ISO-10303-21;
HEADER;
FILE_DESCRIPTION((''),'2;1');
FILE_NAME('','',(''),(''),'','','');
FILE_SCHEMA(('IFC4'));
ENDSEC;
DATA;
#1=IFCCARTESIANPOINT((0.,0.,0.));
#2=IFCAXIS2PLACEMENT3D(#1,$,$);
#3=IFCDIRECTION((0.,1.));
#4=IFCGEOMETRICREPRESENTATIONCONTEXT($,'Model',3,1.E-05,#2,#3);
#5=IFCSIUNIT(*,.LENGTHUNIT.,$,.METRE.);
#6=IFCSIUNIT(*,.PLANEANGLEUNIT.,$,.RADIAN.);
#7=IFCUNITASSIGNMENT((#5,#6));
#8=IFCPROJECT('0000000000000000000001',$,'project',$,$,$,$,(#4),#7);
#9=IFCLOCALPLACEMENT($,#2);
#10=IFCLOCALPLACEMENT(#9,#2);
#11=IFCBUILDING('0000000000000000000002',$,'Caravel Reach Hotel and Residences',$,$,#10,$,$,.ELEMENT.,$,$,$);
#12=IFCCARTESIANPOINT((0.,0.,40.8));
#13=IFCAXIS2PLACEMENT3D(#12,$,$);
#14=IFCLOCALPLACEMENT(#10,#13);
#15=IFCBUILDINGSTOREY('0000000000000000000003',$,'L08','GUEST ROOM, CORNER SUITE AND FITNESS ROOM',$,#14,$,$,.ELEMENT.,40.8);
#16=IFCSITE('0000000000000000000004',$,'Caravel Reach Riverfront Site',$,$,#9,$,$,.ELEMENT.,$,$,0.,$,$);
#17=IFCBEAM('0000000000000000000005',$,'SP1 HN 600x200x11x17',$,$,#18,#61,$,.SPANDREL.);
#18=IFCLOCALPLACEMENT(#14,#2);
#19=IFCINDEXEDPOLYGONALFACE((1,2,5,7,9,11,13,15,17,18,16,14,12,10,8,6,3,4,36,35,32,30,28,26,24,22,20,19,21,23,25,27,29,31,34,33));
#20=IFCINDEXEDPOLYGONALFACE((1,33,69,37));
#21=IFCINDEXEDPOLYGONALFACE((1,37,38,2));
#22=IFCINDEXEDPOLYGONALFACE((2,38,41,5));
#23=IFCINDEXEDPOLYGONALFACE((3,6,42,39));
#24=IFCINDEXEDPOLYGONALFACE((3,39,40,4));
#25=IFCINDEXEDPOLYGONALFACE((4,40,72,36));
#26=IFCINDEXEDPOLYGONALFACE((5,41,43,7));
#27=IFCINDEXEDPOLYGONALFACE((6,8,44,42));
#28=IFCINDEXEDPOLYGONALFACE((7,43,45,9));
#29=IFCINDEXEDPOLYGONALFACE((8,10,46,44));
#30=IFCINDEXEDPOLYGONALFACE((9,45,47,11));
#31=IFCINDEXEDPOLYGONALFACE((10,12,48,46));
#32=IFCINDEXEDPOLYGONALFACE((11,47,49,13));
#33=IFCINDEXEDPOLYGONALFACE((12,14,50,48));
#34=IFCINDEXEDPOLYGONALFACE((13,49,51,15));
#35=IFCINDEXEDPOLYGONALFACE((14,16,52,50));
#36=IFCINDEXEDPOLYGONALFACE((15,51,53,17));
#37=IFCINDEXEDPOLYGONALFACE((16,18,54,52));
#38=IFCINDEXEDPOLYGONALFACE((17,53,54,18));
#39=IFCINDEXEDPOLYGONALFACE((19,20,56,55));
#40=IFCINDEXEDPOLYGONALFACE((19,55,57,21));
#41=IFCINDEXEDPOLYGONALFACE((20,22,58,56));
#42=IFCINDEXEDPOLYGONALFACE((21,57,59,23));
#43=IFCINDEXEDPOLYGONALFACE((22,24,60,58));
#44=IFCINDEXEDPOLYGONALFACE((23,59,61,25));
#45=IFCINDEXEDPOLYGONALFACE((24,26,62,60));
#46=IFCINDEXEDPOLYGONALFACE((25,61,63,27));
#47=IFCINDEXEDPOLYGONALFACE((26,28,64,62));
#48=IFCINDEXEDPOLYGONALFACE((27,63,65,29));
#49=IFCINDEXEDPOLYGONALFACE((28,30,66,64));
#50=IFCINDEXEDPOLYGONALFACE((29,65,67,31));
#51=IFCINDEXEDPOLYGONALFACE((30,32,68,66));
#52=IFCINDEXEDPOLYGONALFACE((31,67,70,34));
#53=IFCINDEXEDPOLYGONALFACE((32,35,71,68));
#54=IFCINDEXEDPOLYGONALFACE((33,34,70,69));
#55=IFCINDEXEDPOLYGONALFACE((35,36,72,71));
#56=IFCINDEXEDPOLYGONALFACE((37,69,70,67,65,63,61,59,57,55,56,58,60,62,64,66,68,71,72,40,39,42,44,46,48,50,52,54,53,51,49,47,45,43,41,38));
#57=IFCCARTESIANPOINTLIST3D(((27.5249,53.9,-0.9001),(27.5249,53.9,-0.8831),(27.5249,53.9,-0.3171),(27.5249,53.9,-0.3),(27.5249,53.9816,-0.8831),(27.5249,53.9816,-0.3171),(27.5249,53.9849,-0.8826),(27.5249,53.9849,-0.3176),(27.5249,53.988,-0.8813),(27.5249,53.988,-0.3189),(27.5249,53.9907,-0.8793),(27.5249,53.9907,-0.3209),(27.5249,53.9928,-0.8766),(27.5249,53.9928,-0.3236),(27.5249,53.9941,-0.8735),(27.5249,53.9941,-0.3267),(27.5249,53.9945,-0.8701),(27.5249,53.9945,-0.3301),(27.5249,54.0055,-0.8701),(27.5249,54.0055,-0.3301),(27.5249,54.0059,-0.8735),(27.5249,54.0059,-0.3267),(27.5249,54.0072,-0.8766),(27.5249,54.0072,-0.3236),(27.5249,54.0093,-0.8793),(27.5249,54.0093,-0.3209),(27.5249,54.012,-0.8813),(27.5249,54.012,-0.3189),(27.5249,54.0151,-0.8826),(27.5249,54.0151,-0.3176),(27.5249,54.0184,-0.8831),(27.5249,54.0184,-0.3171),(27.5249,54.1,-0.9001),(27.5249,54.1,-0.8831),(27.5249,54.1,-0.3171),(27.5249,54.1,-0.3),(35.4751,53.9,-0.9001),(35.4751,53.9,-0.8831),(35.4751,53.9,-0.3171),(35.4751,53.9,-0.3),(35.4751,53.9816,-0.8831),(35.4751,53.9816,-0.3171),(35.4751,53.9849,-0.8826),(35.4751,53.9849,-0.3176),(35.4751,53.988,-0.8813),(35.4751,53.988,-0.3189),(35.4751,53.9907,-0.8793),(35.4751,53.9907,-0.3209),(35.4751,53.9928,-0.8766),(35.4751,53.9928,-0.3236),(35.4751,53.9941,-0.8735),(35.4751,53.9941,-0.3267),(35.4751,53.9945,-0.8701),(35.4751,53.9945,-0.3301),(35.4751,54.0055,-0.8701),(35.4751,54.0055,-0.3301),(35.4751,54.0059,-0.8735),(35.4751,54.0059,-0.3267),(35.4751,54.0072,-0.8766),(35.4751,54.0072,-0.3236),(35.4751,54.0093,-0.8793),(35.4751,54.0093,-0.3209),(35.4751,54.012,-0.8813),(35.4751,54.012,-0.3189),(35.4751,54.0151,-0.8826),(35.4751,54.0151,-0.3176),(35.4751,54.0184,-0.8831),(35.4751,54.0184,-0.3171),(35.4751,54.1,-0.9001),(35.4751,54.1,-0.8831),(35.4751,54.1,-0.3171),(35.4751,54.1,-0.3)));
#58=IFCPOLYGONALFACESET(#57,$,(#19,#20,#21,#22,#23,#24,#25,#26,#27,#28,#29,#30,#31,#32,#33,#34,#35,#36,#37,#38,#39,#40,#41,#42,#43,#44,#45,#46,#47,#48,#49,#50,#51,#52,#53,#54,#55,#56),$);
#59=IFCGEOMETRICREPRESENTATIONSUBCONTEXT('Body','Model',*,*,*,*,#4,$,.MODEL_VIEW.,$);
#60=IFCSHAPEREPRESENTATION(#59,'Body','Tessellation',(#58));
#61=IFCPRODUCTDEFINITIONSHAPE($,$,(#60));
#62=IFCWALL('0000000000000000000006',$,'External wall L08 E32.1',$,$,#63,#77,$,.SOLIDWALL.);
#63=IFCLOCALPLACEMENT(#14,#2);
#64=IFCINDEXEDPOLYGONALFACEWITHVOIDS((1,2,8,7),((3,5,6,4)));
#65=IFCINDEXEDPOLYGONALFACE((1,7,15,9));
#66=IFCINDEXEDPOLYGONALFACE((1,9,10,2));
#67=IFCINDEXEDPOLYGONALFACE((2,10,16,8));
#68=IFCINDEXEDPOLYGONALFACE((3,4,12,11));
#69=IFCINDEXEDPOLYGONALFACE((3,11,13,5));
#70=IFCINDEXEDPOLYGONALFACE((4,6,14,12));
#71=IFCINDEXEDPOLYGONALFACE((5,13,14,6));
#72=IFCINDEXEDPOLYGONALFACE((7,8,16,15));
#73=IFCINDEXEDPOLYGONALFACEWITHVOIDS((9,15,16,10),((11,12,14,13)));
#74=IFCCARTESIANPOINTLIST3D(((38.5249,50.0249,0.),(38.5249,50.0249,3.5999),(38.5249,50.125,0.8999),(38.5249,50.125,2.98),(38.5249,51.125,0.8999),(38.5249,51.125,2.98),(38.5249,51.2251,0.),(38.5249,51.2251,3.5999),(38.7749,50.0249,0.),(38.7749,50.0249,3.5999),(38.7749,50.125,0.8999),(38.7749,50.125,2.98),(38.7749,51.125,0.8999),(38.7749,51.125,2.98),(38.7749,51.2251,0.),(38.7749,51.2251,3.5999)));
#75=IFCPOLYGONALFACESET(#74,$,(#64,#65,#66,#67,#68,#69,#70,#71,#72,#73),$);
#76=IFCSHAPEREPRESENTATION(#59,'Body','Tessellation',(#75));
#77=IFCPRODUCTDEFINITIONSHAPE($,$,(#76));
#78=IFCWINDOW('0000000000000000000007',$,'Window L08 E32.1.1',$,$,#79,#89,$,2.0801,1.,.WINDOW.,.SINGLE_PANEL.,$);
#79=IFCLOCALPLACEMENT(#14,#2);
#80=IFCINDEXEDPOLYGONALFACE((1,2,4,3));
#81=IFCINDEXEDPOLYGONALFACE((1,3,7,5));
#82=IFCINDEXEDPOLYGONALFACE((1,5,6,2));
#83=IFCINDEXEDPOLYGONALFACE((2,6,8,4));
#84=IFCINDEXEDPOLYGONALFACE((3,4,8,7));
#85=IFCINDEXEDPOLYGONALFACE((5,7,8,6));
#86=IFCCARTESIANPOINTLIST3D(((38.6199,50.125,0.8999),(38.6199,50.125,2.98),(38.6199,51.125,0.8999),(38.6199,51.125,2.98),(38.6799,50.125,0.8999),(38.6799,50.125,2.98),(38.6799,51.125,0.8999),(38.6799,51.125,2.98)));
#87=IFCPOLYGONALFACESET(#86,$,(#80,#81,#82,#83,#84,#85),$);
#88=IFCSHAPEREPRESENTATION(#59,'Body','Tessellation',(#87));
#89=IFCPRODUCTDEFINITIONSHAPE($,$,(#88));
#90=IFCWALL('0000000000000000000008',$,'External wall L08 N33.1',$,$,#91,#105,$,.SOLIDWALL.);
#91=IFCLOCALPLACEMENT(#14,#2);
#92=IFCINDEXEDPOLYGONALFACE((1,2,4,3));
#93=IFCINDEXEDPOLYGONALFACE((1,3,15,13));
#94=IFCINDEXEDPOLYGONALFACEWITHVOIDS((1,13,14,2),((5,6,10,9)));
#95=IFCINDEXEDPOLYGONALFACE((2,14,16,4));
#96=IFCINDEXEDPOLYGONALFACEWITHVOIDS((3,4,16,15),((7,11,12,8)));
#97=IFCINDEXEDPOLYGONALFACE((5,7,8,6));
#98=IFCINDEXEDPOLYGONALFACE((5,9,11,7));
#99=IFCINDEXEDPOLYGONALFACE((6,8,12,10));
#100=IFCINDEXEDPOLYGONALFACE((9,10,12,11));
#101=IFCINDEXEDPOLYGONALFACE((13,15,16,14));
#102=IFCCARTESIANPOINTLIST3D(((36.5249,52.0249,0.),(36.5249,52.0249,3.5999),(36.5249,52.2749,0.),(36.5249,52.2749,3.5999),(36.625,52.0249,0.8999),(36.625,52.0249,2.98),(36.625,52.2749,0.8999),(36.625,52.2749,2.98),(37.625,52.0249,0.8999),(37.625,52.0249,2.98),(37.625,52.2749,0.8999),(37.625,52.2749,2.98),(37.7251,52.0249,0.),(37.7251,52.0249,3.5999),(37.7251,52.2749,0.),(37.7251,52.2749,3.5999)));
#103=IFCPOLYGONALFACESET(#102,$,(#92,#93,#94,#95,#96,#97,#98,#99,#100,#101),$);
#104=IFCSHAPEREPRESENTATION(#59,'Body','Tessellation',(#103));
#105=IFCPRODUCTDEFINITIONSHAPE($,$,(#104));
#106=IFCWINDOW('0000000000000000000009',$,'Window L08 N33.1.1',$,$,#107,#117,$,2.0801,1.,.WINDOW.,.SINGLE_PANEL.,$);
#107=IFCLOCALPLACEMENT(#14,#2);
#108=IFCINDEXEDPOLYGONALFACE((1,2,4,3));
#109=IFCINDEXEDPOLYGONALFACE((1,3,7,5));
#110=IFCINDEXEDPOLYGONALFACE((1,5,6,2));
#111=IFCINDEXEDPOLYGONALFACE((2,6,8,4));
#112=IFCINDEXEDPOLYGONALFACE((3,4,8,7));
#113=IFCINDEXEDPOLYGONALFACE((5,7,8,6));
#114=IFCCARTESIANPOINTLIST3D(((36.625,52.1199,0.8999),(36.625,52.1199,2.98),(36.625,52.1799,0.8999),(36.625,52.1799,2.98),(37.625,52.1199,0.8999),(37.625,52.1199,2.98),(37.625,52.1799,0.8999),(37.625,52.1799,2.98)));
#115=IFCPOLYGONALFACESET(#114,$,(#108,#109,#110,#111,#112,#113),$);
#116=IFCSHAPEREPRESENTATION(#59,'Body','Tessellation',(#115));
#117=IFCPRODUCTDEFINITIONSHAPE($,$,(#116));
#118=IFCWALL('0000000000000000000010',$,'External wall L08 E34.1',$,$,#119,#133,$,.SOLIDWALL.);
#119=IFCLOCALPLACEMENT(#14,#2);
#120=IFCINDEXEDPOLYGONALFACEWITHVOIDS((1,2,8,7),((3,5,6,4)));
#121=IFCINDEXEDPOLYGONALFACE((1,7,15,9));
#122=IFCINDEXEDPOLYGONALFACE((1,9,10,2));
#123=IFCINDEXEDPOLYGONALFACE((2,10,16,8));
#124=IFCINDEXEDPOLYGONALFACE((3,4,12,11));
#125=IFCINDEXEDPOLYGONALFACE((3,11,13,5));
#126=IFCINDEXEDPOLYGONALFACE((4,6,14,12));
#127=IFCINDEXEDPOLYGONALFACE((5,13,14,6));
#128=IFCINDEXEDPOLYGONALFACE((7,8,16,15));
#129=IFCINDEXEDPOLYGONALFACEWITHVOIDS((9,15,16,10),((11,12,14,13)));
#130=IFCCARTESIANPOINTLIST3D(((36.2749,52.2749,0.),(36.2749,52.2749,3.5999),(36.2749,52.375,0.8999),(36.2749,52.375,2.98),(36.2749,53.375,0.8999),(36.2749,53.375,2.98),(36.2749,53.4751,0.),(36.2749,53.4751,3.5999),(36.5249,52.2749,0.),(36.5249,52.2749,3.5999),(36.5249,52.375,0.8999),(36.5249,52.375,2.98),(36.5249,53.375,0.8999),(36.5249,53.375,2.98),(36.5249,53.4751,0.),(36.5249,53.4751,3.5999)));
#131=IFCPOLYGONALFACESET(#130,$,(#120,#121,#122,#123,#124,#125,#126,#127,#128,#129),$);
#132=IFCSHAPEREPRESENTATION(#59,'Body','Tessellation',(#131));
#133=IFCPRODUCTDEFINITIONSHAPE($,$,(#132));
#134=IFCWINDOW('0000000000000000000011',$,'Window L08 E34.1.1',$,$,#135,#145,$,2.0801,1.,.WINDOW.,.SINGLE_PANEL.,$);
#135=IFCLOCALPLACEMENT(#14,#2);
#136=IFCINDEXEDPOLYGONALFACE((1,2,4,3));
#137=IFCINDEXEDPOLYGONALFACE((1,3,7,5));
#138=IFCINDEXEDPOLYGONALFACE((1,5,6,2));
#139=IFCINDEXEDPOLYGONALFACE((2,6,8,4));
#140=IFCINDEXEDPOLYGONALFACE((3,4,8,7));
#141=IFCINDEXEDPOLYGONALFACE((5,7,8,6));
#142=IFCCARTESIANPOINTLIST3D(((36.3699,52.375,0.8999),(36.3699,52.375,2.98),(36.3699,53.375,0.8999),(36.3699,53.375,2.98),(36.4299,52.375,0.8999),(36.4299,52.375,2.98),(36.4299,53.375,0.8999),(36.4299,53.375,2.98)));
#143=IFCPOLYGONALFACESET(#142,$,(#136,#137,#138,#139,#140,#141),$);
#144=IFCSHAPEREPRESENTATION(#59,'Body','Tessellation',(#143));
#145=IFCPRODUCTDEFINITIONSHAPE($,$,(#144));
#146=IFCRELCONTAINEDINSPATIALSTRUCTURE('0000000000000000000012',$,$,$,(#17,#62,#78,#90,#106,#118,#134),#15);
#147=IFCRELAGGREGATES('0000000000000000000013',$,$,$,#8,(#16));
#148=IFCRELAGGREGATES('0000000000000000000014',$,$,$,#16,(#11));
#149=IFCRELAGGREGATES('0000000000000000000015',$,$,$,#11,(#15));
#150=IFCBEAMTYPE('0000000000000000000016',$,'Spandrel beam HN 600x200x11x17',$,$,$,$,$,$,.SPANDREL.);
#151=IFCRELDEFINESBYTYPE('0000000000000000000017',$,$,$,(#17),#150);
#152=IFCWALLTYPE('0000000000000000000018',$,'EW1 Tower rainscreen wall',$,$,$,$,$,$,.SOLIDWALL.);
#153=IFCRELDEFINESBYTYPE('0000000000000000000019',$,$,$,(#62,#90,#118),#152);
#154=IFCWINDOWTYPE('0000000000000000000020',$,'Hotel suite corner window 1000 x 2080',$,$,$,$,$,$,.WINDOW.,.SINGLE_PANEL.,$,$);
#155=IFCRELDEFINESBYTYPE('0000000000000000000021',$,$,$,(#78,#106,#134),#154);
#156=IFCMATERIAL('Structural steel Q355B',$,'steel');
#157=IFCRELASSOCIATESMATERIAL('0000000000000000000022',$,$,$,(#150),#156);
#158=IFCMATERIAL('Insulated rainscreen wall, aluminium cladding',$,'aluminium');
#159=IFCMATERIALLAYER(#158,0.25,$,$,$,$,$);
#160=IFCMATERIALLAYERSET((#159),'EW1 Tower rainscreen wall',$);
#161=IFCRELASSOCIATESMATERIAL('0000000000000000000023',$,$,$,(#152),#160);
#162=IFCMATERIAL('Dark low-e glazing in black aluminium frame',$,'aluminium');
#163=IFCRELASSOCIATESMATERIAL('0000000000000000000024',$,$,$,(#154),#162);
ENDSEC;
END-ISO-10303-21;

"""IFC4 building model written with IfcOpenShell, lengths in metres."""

from ifc_helpers import new_model, si_unit, direction, frame, frame_2d, origin, origin_2d, place, context, subcontext, project, spatial, rectangle, i_section, extrude, material, layer, layer_set, material_profile, profile_set, type_object, element, fill, save


model = new_model("IFC4")

# Units and contexts
model_context = context("Model", 3, precision=1e-05, world=origin(), true_north=direction((0.0, 1.0)))
body_context = subcontext(model_context, "Body", "Model", "MODEL_VIEW")
ifc_project = project(units=[si_unit("LENGTHUNIT", "METRE"), si_unit("PLANEANGLEUNIT", "RADIAN")], contexts=[model_context])

# Site, building, storey
site_placement = place(None, origin())
site = spatial("IfcSite", under=ifc_project, at=site_placement, Name="Caravel Reach Riverfront Site", CompositionType="ELEMENT", RefElevation=0.0)
building_placement = place(site_placement, origin())
building = spatial("IfcBuilding", under=site, at=building_placement, Name="Caravel Reach Hotel and Residences", CompositionType="ELEMENT")
storey_placement = place(building_placement, frame((0.0, 0.0, 40.8)))
storey = spatial("IfcBuildingStorey", under=building, at=storey_placement, Name="L08", Description="GUEST ROOM, CORNER SUITE AND FITNESS ROOM", CompositionType="ELEMENT", Elevation=40.8)

# Beam
ifc_material_1 = material(Name="Structural steel Q355B", Category="steel")
ifc_material_profile_1 = material_profile(ifc_material_1, i_section(OverallWidth=0.2, OverallDepth=0.6001, WebThickness=0.011, FlangeThickness=0.0171, FilletRadius=0.0129, at=origin_2d()), Name="HN 600x200x11x17")
ifc_profile_set_1 = profile_set([ifc_material_profile_1], Name="Structural steel Q355B")
beam_type = type_object("IfcBeamType", Name="Spandrel beam HN 600x200x11x17", PredefinedType="SPANDREL", material=ifc_profile_set_1)
beam_placement = place(storey_placement, frame((35.4751, 54.0, -0.6001), z_axis=(-1.0, 0.0, 0.0), x_axis=(0.0, -1.0, 0.0)))
element("IfcBeam", 1, at=beam_placement, inside=storey, type_object=beam_type, Name="SP1 HN 600x200x11x17", PredefinedType="SPANDREL", context=body_context, shape_type="SweptSolid", body=[
    extrude(i_section(OverallWidth=0.2, OverallDepth=0.6001, WebThickness=0.011, FlangeThickness=0.0171, FilletRadius=0.0129, at=origin_2d()), origin(), (0.0, 0.0, 1.0), 7.9502),
])

# Walls, openings, windows
ifc_material_2 = material(Name="Insulated rainscreen wall, aluminium cladding", Category="aluminium")
ifc_layer = layer(ifc_material_2, 0.25)
ifc_layer_set = layer_set([ifc_layer], Name="EW1 Tower rainscreen wall")
wall_type = type_object("IfcWallType", Name="EW1 Tower rainscreen wall", PredefinedType="SOLIDWALL", material=ifc_layer_set)
wall_1_placement = place(storey_placement, frame((38.6499, 50.0249, 0.0), z_axis=(0.0, 0.0, 1.0), x_axis=(0.0, 1.0, 0.0)))
wall_1 = element("IfcWall", 2, at=wall_1_placement, inside=storey, type_object=wall_type, Name="External wall L08 E32.1", PredefinedType="SOLIDWALL", context=body_context, shape_type="SweptSolid", body=[
    extrude(rectangle(XDim=1.2002, YDim=0.25, at=frame_2d((0.6001, 0.0))), origin(), (0.0, 0.0, 1.0), 3.5999),
])
opening_1_placement = place(wall_1_placement, frame((0.1001, 0.0, 0.8999)))
opening_1 = element("IfcOpeningElement", 3, at=opening_1_placement, cuts=wall_1, PredefinedType="OPENING", context=body_context, shape_type="SweptSolid", body=[
    extrude(rectangle(XDim=1.0, YDim=2.0801, at=frame_2d((0.5, 1.04))), frame((0.0, 0.135, 0.0), z_axis=(0.0, -1.0, 0.0), x_axis=(1.0, 0.0, 0.0)), (0.0, 0.0, 1.0), 0.27),
])
ifc_material_3 = material(Name="Dark low-e glazing in black aluminium frame", Category="aluminium")
window_type_1 = type_object("IfcWindowType", Name="Hotel suite corner window 1000 x 2080", PartitioningType="SINGLE_PANEL", PredefinedType="WINDOW", material=ifc_material_3)
window_1_placement = place(opening_1_placement, origin())
window_1 = element("IfcWindow", 4, at=window_1_placement, inside=storey, type_object=window_type_1, Name="Window L08 E32.1.1", OverallHeight=2.0801, OverallWidth=1.0, PartitioningType="SINGLE_PANEL", PredefinedType="WINDOW", context=body_context, shape_type="SweptSolid", body=[
    extrude(rectangle(XDim=1.0, YDim=2.0801, at=frame_2d((0.5, 1.04))), frame((0.0, 0.03, 0.0), z_axis=(0.0, -1.0, 0.0), x_axis=(1.0, 0.0, 0.0)), (0.0, 0.0, 1.0), 0.0601),
])
fill(opening_1, window_1)
wall_2_placement = place(storey_placement, frame((37.7251, 52.1499, 0.0), z_axis=(0.0, 0.0, 1.0), x_axis=(-1.0, 0.0, 0.0)))
wall_2 = element("IfcWall", 5, at=wall_2_placement, inside=storey, type_object=wall_type, Name="External wall L08 N33.1", PredefinedType="SOLIDWALL", context=body_context, shape_type="SweptSolid", body=[
    extrude(rectangle(XDim=1.2002, YDim=0.25, at=frame_2d((0.6001, 0.0))), origin(), (0.0, 0.0, 1.0), 3.5999),
])
opening_2_placement = place(wall_2_placement, frame((0.1001, 0.0, 0.8999)))
opening_2 = element("IfcOpeningElement", 6, at=opening_2_placement, cuts=wall_2, PredefinedType="OPENING", context=body_context, shape_type="SweptSolid", body=[
    extrude(rectangle(XDim=1.0, YDim=2.0801, at=frame_2d((0.5, 1.04))), frame((0.0, 0.135, 0.0), z_axis=(0.0, -1.0, 0.0), x_axis=(1.0, 0.0, 0.0)), (0.0, 0.0, 1.0), 0.27),
])
window_2_placement = place(opening_2_placement, origin())
window_2 = element("IfcWindow", 7, at=window_2_placement, inside=storey, type_object=window_type_1, Name="Window L08 N33.1.1", OverallHeight=2.0801, OverallWidth=1.0, PartitioningType="SINGLE_PANEL", PredefinedType="WINDOW", context=body_context, shape_type="SweptSolid", body=[
    extrude(rectangle(XDim=1.0, YDim=2.0801, at=frame_2d((0.5, 1.04))), frame((0.0, 0.03, 0.0), z_axis=(0.0, -1.0, 0.0), x_axis=(1.0, 0.0, 0.0)), (0.0, 0.0, 1.0), 0.0601),
])
fill(opening_2, window_2)
wall_3_placement = place(storey_placement, frame((36.3999, 52.2749, 0.0), z_axis=(0.0, 0.0, 1.0), x_axis=(0.0, 1.0, 0.0)))
wall_3 = element("IfcWall", 8, at=wall_3_placement, inside=storey, type_object=wall_type, Name="External wall L08 E34.1", PredefinedType="SOLIDWALL", context=body_context, shape_type="SweptSolid", body=[
    extrude(rectangle(XDim=1.2002, YDim=0.25, at=frame_2d((0.6001, 0.0))), origin(), (0.0, 0.0, 1.0), 3.5999),
])
opening_3_placement = place(wall_3_placement, frame((0.1001, 0.0, 0.8999)))
opening_3 = element("IfcOpeningElement", 9, at=opening_3_placement, cuts=wall_3, PredefinedType="OPENING", context=body_context, shape_type="SweptSolid", body=[
    extrude(rectangle(XDim=1.0, YDim=2.0801, at=frame_2d((0.5, 1.04))), frame((0.0, 0.135, 0.0), z_axis=(0.0, -1.0, 0.0), x_axis=(1.0, 0.0, 0.0)), (0.0, 0.0, 1.0), 0.27),
])
window_3_placement = place(opening_3_placement, origin())
window_3 = element("IfcWindow", 10, at=window_3_placement, inside=storey, type_object=window_type_1, Name="Window L08 E34.1.1", OverallHeight=2.0801, OverallWidth=1.0, PartitioningType="SINGLE_PANEL", PredefinedType="WINDOW", context=body_context, shape_type="SweptSolid", body=[
    extrude(rectangle(XDim=1.0, YDim=2.0801, at=frame_2d((0.5, 1.04))), frame((0.0, 0.03, 0.0), z_axis=(0.0, -1.0, 0.0), x_axis=(1.0, 0.0, 0.0)), (0.0, 0.0, 1.0), 0.0601),
])
fill(opening_3, window_3)

save(model, "model.ifc")
